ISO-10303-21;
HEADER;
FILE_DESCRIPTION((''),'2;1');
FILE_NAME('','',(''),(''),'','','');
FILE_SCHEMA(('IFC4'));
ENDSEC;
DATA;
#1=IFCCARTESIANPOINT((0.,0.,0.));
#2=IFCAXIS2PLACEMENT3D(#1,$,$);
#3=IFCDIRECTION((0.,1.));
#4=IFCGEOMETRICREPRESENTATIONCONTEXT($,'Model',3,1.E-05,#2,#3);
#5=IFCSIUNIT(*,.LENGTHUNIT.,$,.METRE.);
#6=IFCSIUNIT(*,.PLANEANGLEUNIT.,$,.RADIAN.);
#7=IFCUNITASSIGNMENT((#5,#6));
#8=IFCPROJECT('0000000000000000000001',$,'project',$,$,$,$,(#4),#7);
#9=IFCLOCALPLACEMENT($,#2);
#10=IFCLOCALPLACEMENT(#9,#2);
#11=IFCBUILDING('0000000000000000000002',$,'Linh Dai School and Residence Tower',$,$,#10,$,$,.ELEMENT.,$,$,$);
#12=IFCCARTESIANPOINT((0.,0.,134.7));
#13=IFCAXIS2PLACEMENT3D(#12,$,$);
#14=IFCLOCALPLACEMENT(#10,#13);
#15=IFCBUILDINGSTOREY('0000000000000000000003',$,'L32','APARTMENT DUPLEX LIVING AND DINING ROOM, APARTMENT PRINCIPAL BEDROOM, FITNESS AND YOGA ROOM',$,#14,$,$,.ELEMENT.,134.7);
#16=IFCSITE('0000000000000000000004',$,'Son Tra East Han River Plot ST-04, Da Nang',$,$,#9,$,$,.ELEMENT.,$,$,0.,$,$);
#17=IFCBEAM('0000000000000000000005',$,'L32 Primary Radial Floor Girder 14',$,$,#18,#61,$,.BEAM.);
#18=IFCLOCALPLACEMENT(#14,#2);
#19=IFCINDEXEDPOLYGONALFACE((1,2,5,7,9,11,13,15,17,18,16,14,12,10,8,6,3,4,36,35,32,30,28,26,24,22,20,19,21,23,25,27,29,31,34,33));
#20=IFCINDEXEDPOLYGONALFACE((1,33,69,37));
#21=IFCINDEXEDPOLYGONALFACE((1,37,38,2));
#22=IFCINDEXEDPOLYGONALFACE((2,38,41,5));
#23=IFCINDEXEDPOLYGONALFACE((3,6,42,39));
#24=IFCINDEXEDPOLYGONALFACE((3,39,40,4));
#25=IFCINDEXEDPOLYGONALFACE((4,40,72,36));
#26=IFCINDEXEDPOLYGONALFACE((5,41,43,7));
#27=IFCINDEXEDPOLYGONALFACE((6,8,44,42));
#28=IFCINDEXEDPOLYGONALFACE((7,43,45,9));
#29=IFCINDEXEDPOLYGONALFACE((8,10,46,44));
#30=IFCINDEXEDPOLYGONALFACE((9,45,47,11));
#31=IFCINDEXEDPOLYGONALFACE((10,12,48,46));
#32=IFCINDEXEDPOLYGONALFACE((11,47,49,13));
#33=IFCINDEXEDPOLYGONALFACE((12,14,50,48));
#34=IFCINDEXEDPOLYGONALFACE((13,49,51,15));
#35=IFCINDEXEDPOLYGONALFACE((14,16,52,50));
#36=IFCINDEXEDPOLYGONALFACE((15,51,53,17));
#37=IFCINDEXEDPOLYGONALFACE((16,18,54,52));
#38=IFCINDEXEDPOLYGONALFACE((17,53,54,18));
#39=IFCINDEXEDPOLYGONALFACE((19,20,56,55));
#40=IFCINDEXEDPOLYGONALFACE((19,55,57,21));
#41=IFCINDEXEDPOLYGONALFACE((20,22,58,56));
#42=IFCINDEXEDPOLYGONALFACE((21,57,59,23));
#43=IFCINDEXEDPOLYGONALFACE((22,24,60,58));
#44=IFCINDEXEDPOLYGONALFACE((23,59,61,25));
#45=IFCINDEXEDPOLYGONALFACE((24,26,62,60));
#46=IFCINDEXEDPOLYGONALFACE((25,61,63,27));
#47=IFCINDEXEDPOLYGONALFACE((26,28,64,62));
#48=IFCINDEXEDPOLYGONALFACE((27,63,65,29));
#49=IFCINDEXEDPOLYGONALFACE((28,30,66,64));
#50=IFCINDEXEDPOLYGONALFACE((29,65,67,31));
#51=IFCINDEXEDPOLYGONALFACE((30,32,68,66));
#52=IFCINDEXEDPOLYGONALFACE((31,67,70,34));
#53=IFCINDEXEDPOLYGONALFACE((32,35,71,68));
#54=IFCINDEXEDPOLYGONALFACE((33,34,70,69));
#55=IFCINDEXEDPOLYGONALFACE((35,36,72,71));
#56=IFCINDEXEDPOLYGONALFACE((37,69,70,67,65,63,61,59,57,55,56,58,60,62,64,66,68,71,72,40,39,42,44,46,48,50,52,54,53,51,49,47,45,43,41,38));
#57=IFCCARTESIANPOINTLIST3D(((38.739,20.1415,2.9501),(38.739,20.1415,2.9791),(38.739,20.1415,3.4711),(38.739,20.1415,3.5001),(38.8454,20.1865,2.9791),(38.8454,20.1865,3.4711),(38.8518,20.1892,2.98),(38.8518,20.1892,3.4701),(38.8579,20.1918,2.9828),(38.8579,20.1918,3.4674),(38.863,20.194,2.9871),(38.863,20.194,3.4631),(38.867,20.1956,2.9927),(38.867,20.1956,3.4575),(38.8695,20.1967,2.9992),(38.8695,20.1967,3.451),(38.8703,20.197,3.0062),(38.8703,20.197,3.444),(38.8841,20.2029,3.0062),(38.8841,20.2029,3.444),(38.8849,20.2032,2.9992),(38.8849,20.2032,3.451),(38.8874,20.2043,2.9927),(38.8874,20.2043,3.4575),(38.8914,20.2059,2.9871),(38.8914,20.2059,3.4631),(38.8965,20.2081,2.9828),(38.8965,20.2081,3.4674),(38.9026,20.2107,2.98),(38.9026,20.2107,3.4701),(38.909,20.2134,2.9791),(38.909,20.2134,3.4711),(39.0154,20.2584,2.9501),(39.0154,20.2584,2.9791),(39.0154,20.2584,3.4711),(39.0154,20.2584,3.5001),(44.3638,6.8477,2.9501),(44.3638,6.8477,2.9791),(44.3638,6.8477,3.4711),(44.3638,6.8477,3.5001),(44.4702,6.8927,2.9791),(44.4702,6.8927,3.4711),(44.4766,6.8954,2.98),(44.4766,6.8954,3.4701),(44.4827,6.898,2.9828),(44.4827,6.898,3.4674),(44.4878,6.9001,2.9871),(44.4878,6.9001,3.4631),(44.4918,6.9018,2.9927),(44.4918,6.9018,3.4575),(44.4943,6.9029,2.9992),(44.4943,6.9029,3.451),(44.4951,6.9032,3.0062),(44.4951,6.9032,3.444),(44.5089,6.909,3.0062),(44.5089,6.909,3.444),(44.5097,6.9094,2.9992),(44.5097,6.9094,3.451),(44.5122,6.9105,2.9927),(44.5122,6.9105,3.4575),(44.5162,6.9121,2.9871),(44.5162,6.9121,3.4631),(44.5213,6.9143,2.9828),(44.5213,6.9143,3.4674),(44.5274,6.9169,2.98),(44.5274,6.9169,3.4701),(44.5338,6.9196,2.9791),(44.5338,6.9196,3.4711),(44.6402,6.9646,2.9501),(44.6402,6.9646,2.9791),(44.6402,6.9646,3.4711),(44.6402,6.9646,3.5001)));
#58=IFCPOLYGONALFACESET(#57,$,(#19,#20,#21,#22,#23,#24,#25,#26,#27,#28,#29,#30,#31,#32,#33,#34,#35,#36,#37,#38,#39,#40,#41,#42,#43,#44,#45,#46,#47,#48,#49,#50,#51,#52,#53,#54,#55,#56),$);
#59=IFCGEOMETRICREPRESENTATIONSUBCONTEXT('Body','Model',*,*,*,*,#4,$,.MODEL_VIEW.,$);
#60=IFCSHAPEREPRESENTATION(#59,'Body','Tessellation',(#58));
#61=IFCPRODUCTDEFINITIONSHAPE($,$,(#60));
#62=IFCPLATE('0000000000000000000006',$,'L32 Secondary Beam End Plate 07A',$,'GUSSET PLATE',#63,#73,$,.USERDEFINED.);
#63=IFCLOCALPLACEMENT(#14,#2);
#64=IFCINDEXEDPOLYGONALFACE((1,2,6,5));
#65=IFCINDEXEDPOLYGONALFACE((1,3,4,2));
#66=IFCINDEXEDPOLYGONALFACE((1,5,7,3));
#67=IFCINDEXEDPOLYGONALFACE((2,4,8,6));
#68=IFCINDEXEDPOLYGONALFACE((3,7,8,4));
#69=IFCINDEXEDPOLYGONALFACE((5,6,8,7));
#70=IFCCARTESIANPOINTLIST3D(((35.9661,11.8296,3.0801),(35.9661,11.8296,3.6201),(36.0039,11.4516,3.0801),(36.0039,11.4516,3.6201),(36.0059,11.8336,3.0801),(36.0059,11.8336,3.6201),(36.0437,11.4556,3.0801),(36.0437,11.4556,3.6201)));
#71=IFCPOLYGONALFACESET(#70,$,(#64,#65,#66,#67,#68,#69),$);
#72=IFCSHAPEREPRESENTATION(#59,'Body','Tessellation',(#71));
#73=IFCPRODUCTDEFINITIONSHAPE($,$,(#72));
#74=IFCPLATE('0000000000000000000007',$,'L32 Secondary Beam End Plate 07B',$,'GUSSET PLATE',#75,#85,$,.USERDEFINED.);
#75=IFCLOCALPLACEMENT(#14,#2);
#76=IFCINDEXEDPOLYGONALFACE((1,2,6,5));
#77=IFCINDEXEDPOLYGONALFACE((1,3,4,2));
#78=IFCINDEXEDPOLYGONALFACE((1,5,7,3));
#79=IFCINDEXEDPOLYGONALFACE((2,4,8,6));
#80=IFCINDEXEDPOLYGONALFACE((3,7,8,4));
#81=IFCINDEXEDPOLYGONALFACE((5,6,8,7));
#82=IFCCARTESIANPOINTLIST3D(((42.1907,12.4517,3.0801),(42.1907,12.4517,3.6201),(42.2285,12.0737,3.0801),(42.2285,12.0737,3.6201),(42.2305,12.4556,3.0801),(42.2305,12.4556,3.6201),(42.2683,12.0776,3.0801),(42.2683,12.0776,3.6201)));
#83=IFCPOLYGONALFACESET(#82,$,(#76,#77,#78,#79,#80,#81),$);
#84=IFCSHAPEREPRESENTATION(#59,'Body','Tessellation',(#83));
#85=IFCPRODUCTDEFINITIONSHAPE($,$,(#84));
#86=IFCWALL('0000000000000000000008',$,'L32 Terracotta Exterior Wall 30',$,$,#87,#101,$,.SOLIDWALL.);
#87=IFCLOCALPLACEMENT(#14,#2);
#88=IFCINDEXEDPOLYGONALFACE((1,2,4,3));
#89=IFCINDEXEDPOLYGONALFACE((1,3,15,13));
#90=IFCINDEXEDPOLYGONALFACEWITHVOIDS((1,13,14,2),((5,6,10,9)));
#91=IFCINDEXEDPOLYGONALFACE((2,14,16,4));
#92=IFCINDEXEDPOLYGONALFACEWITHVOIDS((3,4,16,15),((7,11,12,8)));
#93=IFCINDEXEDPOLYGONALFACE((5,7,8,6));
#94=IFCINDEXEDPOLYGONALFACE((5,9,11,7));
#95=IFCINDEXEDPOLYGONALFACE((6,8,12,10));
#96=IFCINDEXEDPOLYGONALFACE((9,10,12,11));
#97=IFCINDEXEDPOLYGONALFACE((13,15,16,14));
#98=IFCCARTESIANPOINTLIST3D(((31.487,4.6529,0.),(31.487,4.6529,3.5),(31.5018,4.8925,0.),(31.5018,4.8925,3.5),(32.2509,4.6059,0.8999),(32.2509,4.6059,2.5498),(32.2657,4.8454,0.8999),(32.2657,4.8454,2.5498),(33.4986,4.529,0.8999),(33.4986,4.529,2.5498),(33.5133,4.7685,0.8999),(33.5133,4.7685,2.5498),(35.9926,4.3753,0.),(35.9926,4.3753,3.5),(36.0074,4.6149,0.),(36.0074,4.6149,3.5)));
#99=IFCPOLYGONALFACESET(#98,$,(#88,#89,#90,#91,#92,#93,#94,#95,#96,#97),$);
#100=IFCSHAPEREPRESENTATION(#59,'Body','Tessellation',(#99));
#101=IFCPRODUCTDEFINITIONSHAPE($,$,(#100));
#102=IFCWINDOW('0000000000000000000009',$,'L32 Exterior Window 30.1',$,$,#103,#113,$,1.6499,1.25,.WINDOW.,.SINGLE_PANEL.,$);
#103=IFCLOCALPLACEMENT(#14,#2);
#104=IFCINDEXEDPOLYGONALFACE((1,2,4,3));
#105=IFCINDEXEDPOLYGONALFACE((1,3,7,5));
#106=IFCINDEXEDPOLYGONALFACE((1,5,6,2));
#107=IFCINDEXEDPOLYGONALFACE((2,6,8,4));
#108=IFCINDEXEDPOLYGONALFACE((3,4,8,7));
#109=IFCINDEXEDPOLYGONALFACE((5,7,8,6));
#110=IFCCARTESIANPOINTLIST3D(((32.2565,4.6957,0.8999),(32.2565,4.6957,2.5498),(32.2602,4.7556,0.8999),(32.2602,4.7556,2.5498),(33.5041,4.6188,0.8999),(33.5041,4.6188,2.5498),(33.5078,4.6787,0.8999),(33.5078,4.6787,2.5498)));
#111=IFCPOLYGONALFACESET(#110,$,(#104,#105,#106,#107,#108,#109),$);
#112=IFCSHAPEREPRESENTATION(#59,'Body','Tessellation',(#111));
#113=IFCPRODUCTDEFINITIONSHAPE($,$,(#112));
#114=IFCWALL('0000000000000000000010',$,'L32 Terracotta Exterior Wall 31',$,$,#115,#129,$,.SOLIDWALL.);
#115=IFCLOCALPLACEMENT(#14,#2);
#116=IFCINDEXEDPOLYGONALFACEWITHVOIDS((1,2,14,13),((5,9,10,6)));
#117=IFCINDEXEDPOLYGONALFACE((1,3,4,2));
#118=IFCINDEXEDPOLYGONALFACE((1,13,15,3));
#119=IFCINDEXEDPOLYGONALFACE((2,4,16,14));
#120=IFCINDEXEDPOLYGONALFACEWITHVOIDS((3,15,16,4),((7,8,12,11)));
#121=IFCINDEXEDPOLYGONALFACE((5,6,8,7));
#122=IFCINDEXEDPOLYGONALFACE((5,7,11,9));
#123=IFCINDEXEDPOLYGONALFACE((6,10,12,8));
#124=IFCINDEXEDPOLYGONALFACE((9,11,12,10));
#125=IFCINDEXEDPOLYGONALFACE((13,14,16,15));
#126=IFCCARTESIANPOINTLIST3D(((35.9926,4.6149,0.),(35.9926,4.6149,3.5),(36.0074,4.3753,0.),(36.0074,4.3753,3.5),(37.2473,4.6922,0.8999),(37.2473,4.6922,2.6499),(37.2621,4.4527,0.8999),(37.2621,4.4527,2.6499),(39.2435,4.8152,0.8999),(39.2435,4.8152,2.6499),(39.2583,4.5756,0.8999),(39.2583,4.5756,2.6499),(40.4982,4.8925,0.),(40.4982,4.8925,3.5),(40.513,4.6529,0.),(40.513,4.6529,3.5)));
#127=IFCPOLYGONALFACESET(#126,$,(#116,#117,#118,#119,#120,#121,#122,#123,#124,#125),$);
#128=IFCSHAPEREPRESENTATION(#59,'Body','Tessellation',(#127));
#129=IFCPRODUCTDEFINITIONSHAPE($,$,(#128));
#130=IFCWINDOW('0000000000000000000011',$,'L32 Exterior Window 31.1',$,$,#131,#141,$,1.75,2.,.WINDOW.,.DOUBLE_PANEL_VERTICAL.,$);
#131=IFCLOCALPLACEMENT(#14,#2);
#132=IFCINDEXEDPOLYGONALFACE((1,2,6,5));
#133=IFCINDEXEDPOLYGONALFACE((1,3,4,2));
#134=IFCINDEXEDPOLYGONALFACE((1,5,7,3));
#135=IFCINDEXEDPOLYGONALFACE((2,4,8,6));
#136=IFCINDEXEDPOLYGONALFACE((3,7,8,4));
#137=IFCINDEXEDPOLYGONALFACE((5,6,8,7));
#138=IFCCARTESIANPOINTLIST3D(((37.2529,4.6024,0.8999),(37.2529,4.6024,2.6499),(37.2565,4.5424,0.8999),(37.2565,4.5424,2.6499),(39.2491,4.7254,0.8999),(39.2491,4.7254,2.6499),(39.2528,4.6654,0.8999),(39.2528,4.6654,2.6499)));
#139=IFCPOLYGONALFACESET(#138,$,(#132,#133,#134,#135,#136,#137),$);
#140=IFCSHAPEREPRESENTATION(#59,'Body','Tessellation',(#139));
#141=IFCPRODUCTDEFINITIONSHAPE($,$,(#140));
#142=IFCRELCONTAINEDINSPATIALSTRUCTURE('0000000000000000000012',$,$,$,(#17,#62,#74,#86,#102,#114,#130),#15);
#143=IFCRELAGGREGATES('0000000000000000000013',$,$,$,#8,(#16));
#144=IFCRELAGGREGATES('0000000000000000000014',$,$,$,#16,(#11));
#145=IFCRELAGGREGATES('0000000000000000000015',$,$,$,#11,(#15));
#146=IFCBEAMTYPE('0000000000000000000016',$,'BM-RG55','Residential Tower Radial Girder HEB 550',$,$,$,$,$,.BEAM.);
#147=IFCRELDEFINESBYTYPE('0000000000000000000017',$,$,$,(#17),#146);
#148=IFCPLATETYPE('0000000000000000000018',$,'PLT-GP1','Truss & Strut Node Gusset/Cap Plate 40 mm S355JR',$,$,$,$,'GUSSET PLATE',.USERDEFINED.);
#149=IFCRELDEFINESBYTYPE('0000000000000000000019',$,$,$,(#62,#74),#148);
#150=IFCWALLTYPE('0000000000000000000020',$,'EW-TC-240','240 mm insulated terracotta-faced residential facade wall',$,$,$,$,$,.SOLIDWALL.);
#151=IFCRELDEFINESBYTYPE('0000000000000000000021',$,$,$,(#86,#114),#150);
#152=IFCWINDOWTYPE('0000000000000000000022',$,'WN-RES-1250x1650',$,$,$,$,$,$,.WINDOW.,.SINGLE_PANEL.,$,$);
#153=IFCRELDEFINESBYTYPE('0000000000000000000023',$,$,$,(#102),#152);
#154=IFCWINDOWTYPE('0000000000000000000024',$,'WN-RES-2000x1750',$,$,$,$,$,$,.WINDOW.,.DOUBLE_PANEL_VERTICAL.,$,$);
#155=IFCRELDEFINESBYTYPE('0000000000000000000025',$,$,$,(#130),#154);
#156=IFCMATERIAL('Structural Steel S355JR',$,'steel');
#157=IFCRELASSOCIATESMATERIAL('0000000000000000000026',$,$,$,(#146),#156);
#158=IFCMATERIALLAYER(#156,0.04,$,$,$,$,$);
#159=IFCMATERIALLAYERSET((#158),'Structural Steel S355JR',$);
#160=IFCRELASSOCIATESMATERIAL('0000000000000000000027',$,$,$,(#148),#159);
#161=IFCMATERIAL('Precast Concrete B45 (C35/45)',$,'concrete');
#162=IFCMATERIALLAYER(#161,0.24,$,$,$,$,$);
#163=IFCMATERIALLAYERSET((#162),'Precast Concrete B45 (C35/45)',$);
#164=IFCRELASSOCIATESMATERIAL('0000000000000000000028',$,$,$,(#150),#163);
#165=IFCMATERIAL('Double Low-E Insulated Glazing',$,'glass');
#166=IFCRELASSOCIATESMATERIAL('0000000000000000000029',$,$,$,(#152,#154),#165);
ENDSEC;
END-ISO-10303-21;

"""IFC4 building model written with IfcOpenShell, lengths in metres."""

from ifc_helpers import new_model, si_unit, direction, frame, frame_2d, origin, origin_2d, place, context, subcontext, project, spatial, rectangle, i_section, extrude, source, transform, mapped, material, layer, layer_set, material_profile, profile_set, type_object, element, fill, save


model = new_model("IFC4")

# Units and contexts
model_context = context("Model", 3, precision=1e-05, world=origin(), true_north=direction((0.0, 1.0)))
body_context = subcontext(model_context, "Body", "Model", "MODEL_VIEW")
ifc_project = project(units=[si_unit("LENGTHUNIT", "METRE"), si_unit("PLANEANGLEUNIT", "RADIAN")], contexts=[model_context])

# Site, building, storey
site_placement = place(None, origin())
site = spatial("IfcSite", under=ifc_project, at=site_placement, Name="Son Tra East Han River Plot ST-04, Da Nang", CompositionType="ELEMENT", RefElevation=0.0)
building_placement = place(site_placement, origin())
building = spatial("IfcBuilding", under=site, at=building_placement, Name="Linh Dai School and Residence Tower", CompositionType="ELEMENT")
storey_placement = place(building_placement, frame((0.0, 0.0, 134.7)))
storey = spatial("IfcBuildingStorey", under=building, at=storey_placement, Name="L32", Description="APARTMENT DUPLEX LIVING AND DINING ROOM, APARTMENT PRINCIPAL BEDROOM, FITNESS AND YOGA ROOM", CompositionType="ELEMENT", Elevation=134.7)

# Shared definitions
ifc_material_1 = material(Name="Structural Steel S355JR", Category="steel")

# Beam
ifc_material_profile_1 = material_profile(ifc_material_1, i_section(OverallWidth=0.3, OverallDepth=0.55, WebThickness=0.0149, FlangeThickness=0.0291, FilletRadius=0.0271, at=origin_2d()), Name="HEB 550")
ifc_profile_set_1 = profile_set([ifc_material_profile_1], Name="Structural Steel S355JR")
beam_type_1 = type_object("IfcBeamType", Name="BM-RG55", Description="Residential Tower Radial Girder HEB 550", PredefinedType="BEAM", material=ifc_profile_set_1)
beam_1_placement = place(storey_placement, frame((38.8772, 20.2, 3.2251), z_axis=(0.389669, -0.920955, 0.0), x_axis=(0.920955, 0.389669, 0.0)))
element("IfcBeam", 1, at=beam_1_placement, inside=storey, type_object=beam_type_1, Name="L32 Primary Radial Floor Girder 14", PredefinedType="BEAM", context=body_context, shape_type="SweptSolid", body=[
    extrude(i_section(OverallWidth=0.3, OverallDepth=0.55, WebThickness=0.0149, FlangeThickness=0.0291, FilletRadius=0.0271, at=origin_2d()), origin(), (0.0, 0.0, 1.0), 14.4348),
])

# Plates
ifc_layer_1 = layer(ifc_material_1, 0.04)
ifc_layer_set_1 = layer_set([ifc_layer_1], Name="Structural Steel S355JR")
plate_type = type_object("IfcPlateType", Name="PLT-GP1", Description="Truss & Strut Node Gusset/Cap Plate 40 mm S355JR", ElementType="GUSSET PLATE", PredefinedType="USERDEFINED", material=ifc_layer_set_1)
shared_shape_1 = source(origin(), body_context, "Body", "SweptSolid", [
    extrude(rectangle(XDim=0.04, YDim=0.3799, at=origin_2d()), origin(), (0.0, 0.0, 1.0), 0.54),
])
for number, where, z_axis, x_axis, name in (
    (2, (36.0049, 11.6426, 3.0801), (0.0, 0.0, 1.0), (0.995042, 0.099458, 0.0), "L32 Secondary Beam End Plate 07A"),
    (3, (42.2295, 12.2646, 3.0801), (0.0, 0.0, 1.0), (0.995042, 0.099458, 0.0), "L32 Secondary Beam End Plate 07B"),
):
    element("IfcPlate", number, at=place(storey_placement, frame(where, z_axis=z_axis, x_axis=x_axis)), inside=storey, type_object=plate_type, Name=name, ObjectType="GUSSET PLATE", PredefinedType="USERDEFINED", context=body_context, shape_type="MappedRepresentation", body=[
        mapped(shared_shape_1, transform((0.0, 0.0, 0.0), x_axis=(1.0, 0.0, 0.0), y_axis=(0.0, 1.0, 0.0), z_axis=(0.0, 0.0, 1.0), scale=1.0)),
    ])

# Walls, openings, windows
ifc_material_2 = material(Name="Precast Concrete B45 (C35/45)", Category="concrete")
ifc_layer_2 = layer(ifc_material_2, 0.24)
ifc_layer_set_2 = layer_set([ifc_layer_2], Name="Precast Concrete B45 (C35/45)")
wall_type_1 = type_object("IfcWallType", Name="EW-TC-240", Description="240 mm insulated terracotta-faced residential facade wall", PredefinedType="SOLIDWALL", material=ifc_layer_set_2)
wall_1_placement = place(storey_placement, frame((36.0, 4.4951, 0.0), z_axis=(0.0, 0.0, 1.0), x_axis=(-0.998108, 0.061493, 0.0)))
wall_1 = element("IfcWall", 4, at=wall_1_placement, inside=storey, type_object=wall_type_1, Name="L32 Terracotta Exterior Wall 30", PredefinedType="SOLIDWALL", context=body_context, shape_type="SweptSolid", body=[
    extrude(rectangle(XDim=4.5142, YDim=0.24, at=frame_2d((2.2571, 0.0))), origin(), (0.0, 0.0, 1.0), 3.5),
])
opening_1_placement = place(wall_1_placement, frame((2.4988, 0.0, 0.8999)))
opening_1 = element("IfcOpeningElement", 5, at=opening_1_placement, cuts=wall_1, PredefinedType="OPENING", context=body_context, shape_type="SweptSolid", body=[
    extrude(rectangle(XDim=1.25, YDim=1.6499, at=origin_2d()), frame((0.625, 0.1299, 0.825), z_axis=(0.0, -1.0, 0.0), x_axis=(1.0, 0.0, 0.0)), (0.0, 0.0, 1.0), 0.26),
])
ifc_material_3 = material(Name="Double Low-E Insulated Glazing", Category="glass")
window_type_1 = type_object("IfcWindowType", Name="WN-RES-1250x1650", PartitioningType="SINGLE_PANEL", PredefinedType="WINDOW", material=ifc_material_3)
shared_shape_2 = source(origin(), body_context, "Body", "SweptSolid", [
    extrude(rectangle(XDim=1.25, YDim=1.6499, at=origin_2d()), frame((0.625, 0.03, 0.825), z_axis=(0.0, -1.0, 0.0), x_axis=(1.0, 0.0, 0.0)), (0.0, 0.0, 1.0), 0.0601),
])
window_1_placement = place(opening_1_placement, origin())
window_1 = element("IfcWindow", 6, at=window_1_placement, inside=storey, type_object=window_type_1, Name="L32 Exterior Window 30.1", OverallHeight=1.6499, OverallWidth=1.25, PartitioningType="SINGLE_PANEL", PredefinedType="WINDOW", context=body_context, shape_type="MappedRepresentation", body=[
    mapped(shared_shape_2, transform((0.0, 0.0, 0.0), x_axis=(1.0, 0.0, 0.0), y_axis=(0.0, 1.0, 0.0), z_axis=(0.0, 0.0, 1.0), scale=1.0)),
])
fill(opening_1, window_1)
wall_2_placement = place(storey_placement, frame((40.5056, 4.7727, 0.0), z_axis=(0.0, 0.0, 1.0), x_axis=(-0.998108, -0.061493, 0.0)))
wall_2 = element("IfcWall", 7, at=wall_2_placement, inside=storey, type_object=wall_type_1, Name="L32 Terracotta Exterior Wall 31", PredefinedType="SOLIDWALL", context=body_context, shape_type="SweptSolid", body=[
    extrude(rectangle(XDim=4.5142, YDim=0.24, at=frame_2d((2.2571, 0.0))), origin(), (0.0, 0.0, 1.0), 3.5),
])
opening_2_placement = place(wall_2_placement, frame((1.2571, 0.0, 0.8999)))
opening_2 = element("IfcOpeningElement", 8, at=opening_2_placement, cuts=wall_2, PredefinedType="OPENING", context=body_context, shape_type="SweptSolid", body=[
    extrude(rectangle(XDim=2.0, YDim=1.75, at=origin_2d()), frame((1.0, 0.1299, 0.875), z_axis=(0.0, -1.0, 0.0), x_axis=(1.0, 0.0, 0.0)), (0.0, 0.0, 1.0), 0.26),
])
window_type_2 = type_object("IfcWindowType", Name="WN-RES-2000x1750", PartitioningType="DOUBLE_PANEL_VERTICAL", PredefinedType="WINDOW", material=ifc_material_3)
shared_shape_3 = source(origin(), body_context, "Body", "SweptSolid", [
    extrude(rectangle(XDim=2.0, YDim=1.75, at=origin_2d()), frame((1.0, 0.03, 0.875), z_axis=(0.0, -1.0, 0.0), x_axis=(1.0, 0.0, 0.0)), (0.0, 0.0, 1.0), 0.0601),
])
window_2_placement = place(opening_2_placement, origin())
window_2 = element("IfcWindow", 9, at=window_2_placement, inside=storey, type_object=window_type_2, Name="L32 Exterior Window 31.1", OverallHeight=1.75, OverallWidth=2.0, PartitioningType="DOUBLE_PANEL_VERTICAL", PredefinedType="WINDOW", context=body_context, shape_type="MappedRepresentation", body=[
    mapped(shared_shape_3, transform((0.0, 0.0, 0.0), x_axis=(1.0, 0.0, 0.0), y_axis=(0.0, 1.0, 0.0), z_axis=(0.0, 0.0, 1.0), scale=1.0)),
])
fill(opening_2, window_2)

save(model, "model.ifc")
